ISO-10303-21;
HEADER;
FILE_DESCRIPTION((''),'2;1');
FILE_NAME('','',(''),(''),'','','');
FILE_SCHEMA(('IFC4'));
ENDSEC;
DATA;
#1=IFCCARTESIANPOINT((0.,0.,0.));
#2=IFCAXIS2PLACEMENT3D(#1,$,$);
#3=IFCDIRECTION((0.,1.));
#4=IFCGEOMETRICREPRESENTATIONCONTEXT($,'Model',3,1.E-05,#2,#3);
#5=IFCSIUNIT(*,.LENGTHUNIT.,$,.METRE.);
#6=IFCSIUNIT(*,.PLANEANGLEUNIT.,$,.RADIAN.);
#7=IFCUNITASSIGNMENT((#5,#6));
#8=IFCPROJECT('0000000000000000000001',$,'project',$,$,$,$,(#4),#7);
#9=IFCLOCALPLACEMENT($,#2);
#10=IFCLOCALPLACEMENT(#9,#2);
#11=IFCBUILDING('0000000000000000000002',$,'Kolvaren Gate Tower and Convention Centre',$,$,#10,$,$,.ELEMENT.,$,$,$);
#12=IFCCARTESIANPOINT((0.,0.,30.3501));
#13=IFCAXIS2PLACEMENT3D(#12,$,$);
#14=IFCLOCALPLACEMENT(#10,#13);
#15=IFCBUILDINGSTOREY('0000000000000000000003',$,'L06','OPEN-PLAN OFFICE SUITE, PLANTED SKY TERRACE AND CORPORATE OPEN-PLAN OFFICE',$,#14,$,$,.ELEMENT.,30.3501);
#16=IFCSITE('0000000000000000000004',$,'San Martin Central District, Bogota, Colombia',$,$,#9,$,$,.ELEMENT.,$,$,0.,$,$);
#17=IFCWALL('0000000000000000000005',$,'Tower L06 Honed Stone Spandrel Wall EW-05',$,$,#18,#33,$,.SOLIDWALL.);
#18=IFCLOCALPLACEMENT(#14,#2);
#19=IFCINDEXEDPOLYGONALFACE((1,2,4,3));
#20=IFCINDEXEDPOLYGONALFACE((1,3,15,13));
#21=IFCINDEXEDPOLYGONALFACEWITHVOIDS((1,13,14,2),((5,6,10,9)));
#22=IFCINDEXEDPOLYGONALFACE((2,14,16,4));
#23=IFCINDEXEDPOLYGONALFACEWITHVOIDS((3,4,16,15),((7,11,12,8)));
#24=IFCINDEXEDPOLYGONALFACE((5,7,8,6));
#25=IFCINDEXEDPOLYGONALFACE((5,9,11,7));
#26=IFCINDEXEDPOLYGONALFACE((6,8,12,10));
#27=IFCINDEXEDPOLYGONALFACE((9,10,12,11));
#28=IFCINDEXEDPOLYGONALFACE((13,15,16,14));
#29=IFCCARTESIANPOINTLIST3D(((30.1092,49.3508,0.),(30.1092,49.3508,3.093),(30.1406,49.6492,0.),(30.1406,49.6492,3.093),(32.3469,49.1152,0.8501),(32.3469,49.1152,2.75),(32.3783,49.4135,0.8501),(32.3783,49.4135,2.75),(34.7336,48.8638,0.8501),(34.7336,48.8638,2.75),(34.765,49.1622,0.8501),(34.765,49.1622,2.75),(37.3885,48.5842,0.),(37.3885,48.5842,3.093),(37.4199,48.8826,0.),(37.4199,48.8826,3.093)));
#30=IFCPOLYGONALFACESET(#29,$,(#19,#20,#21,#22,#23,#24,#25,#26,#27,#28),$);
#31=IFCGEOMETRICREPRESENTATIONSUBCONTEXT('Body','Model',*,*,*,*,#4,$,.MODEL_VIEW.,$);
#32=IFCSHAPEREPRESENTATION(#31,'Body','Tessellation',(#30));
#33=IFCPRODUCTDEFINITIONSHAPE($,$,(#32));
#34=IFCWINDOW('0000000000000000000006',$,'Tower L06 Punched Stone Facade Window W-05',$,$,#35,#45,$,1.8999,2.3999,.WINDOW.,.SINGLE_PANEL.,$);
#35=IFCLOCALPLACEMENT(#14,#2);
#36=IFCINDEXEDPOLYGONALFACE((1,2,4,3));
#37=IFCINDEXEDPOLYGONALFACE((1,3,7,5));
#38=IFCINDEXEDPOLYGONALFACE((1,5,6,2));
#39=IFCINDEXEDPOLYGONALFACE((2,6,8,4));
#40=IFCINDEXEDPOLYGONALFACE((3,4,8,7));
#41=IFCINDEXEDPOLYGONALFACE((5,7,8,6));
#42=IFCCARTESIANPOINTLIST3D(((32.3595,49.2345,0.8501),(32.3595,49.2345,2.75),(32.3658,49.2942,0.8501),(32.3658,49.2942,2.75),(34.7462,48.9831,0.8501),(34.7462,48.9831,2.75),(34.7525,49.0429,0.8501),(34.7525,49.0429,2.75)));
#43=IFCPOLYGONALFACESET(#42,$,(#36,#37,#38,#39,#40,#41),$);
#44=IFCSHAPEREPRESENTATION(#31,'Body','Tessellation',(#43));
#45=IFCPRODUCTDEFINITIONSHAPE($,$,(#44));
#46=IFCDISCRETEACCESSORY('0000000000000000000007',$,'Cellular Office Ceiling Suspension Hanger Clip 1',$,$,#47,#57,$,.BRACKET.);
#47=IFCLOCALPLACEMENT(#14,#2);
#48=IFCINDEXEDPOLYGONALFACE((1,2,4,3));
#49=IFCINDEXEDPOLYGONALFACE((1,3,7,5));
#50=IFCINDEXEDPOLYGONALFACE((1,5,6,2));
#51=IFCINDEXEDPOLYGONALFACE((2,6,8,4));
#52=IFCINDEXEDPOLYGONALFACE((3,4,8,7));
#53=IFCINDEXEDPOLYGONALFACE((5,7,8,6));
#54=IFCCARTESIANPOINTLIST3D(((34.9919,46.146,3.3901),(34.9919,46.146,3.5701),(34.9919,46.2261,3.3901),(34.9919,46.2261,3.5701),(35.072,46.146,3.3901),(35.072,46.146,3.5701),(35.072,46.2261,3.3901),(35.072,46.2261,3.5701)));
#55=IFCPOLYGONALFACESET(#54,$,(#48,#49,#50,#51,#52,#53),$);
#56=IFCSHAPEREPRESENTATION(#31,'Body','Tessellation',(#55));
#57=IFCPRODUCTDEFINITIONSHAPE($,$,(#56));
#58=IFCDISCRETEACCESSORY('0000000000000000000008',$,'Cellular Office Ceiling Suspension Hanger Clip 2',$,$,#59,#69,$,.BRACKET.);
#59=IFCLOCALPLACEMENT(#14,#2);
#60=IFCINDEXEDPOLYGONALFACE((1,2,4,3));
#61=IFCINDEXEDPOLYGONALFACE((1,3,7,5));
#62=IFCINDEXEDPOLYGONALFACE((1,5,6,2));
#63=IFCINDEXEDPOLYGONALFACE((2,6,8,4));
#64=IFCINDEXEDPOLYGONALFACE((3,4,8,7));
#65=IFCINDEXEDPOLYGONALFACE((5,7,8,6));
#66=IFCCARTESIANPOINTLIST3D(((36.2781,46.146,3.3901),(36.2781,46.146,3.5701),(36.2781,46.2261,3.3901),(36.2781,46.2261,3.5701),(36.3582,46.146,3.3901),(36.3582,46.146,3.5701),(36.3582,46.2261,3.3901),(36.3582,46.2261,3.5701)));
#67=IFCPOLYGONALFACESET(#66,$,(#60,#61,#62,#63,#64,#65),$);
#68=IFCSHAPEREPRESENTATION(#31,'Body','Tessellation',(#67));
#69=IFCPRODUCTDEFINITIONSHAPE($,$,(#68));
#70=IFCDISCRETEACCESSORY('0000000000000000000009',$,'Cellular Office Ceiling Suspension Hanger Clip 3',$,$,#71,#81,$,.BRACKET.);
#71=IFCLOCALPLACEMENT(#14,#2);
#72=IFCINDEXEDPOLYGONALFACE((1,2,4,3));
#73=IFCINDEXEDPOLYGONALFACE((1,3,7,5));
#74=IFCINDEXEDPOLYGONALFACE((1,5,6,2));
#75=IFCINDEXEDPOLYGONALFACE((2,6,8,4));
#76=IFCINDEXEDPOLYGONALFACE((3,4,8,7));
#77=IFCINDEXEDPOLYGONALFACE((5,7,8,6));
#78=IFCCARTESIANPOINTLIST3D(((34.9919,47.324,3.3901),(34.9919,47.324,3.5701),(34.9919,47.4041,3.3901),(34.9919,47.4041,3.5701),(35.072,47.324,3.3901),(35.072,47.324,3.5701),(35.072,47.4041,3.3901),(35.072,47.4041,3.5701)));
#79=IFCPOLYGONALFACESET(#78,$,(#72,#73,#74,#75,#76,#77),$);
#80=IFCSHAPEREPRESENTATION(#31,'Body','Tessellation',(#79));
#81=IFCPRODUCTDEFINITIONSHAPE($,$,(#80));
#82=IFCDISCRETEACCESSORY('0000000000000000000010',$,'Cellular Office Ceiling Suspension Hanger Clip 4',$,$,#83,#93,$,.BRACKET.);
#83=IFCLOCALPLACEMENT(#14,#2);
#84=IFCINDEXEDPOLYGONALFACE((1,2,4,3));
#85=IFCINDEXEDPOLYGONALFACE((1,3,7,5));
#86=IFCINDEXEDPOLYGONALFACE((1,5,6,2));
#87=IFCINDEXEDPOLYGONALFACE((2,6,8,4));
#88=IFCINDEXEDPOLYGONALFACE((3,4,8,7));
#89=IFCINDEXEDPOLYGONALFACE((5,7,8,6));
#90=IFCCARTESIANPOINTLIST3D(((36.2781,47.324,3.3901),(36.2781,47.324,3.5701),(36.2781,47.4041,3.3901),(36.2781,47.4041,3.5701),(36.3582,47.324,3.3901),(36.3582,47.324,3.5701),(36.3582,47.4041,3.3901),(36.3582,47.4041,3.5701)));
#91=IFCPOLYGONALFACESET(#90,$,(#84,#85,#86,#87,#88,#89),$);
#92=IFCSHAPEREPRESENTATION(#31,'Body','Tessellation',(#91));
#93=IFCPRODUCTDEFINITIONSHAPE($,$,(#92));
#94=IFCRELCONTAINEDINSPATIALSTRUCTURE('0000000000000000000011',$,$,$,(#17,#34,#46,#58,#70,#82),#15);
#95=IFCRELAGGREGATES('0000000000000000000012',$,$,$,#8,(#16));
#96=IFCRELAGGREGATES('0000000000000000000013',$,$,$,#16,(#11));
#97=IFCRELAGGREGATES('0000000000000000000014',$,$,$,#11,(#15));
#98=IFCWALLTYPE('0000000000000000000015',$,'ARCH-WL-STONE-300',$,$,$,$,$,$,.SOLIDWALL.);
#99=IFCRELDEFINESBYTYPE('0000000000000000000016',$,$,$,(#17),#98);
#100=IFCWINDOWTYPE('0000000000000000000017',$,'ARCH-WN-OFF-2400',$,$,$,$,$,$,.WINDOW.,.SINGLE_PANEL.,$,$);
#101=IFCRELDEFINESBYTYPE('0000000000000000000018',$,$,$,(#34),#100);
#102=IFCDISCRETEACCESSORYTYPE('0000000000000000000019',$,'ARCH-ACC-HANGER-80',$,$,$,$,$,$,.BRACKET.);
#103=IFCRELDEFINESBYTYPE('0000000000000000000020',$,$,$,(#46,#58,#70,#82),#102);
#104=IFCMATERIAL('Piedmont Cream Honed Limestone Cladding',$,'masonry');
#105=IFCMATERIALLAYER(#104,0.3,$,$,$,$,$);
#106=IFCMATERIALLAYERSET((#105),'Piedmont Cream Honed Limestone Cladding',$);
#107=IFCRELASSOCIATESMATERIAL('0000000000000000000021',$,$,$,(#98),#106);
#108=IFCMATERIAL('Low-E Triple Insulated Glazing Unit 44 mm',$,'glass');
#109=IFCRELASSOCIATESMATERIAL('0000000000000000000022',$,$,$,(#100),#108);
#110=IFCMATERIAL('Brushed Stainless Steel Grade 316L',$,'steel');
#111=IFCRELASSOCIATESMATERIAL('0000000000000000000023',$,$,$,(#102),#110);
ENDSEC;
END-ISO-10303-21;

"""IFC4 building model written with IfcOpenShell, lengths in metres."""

from ifc_helpers import new_model, si_unit, direction, frame, frame_2d, origin, origin_2d, place, context, subcontext, project, spatial, rectangle, extrude, material, layer, layer_set, type_object, element, fill, save


model = new_model("IFC4")

# Units and contexts
model_context = context("Model", 3, precision=1e-05, world=origin(), true_north=direction((0.0, 1.0)))
body_context = subcontext(model_context, "Body", "Model", "MODEL_VIEW")
ifc_project = project(units=[si_unit("LENGTHUNIT", "METRE"), si_unit("PLANEANGLEUNIT", "RADIAN")], contexts=[model_context])

# Site, building, storey
site_placement = place(None, origin())
site = spatial("IfcSite", under=ifc_project, at=site_placement, Name="San Martin Central District, Bogota, Colombia", CompositionType="ELEMENT", RefElevation=0.0)
building_placement = place(site_placement, origin())
building = spatial("IfcBuilding", under=site, at=building_placement, Name="Kolvaren Gate Tower and Convention Centre", CompositionType="ELEMENT")
storey_placement = place(building_placement, frame((0.0, 0.0, 30.3501)))
storey = spatial("IfcBuildingStorey", under=building, at=storey_placement, Name="L06", Description="OPEN-PLAN OFFICE SUITE, PLANTED SKY TERRACE AND CORPORATE OPEN-PLAN OFFICE", CompositionType="ELEMENT", Elevation=30.3501)

# Wall, opening, window
ifc_material_1 = material(Name="Piedmont Cream Honed Limestone Cladding", Category="masonry")
ifc_layer_1 = layer(ifc_material_1, 0.3)
ifc_layer_set_1 = layer_set([ifc_layer_1], Name="Piedmont Cream Honed Limestone Cladding")
wall_type_1 = type_object("IfcWallType", Name="ARCH-WL-STONE-300", PredefinedType="SOLIDWALL", material=ifc_layer_set_1)
ifc_material_2 = material(Name="Low-E Triple Insulated Glazing Unit 44 mm", Category="glass")
window_type = type_object("IfcWindowType", Name="ARCH-WN-OFF-2400", PartitioningType="SINGLE_PANEL", PredefinedType="WINDOW", material=ifc_material_2)
wall_1_placement = place(storey_placement, frame((30.125, 49.5, 0.0), z_axis=(0.0, 0.0, 1.0), x_axis=(0.9945, -0.104733, 0.0)))
wall_1 = element("IfcWall", 1, at=wall_1_placement, inside=storey, type_object=wall_type_1, Name="Tower L06 Honed Stone Spandrel Wall EW-05", PredefinedType="SOLIDWALL", context=body_context, shape_type="SweptSolid", body=[
    extrude(rectangle(XDim=7.3196, YDim=0.3, at=frame_2d((3.6597, 0.0))), origin(), (0.0, 0.0, 1.0), 3.093),
])
opening_1_placement = place(wall_1_placement, frame((2.25, 0.0, 0.8501)))
opening_1 = element("IfcOpeningElement", 2, at=opening_1_placement, cuts=wall_1, PredefinedType="OPENING", context=body_context, shape_type="SweptSolid", body=[
    extrude(rectangle(XDim=2.3999, YDim=1.8999, at=frame_2d((1.2, 0.95))), frame((0.0, 0.1599, 0.0), z_axis=(0.0, -1.0, 0.0), x_axis=(1.0, 0.0, 0.0)), (0.0, 0.0, 1.0), 0.3201),
])
window_1_placement = place(opening_1_placement, origin())
window_1 = element("IfcWindow", 3, at=window_1_placement, inside=storey, type_object=window_type, Name="Tower L06 Punched Stone Facade Window W-05", OverallHeight=1.8999, OverallWidth=2.3999, PartitioningType="SINGLE_PANEL", PredefinedType="WINDOW", context=body_context, shape_type="SweptSolid", body=[
    extrude(rectangle(XDim=2.3999, YDim=1.8999, at=frame_2d((1.2, 0.95))), frame((0.0, 0.03, 0.0), z_axis=(0.0, -1.0, 0.0), x_axis=(1.0, 0.0, 0.0)), (0.0, 0.0, 1.0), 0.0601),
])
fill(opening_1, window_1)

# Discrete accessories
ifc_material_3 = material(Name="Brushed Stainless Steel Grade 316L", Category="steel")
discrete_accessory_type = type_object("IfcDiscreteAccessoryType", Name="ARCH-ACC-HANGER-80", PredefinedType="BRACKET", material=ifc_material_3)
for number, where, z_axis, x_axis, name in (
    (4, (35.032, 46.186, 3.3901), (0.0, 0.0, 1.0), (1.0, 0.0, 0.0), "Cellular Office Ceiling Suspension Hanger Clip 1"),
    (5, (36.3181, 46.186, 3.3901), (0.0, 0.0, 1.0), (1.0, 0.0, 0.0), "Cellular Office Ceiling Suspension Hanger Clip 2"),
    (6, (35.032, 47.364, 3.3901), (0.0, 0.0, 1.0), (1.0, 0.0, 0.0), "Cellular Office Ceiling Suspension Hanger Clip 3"),
    (7, (36.3181, 47.364, 3.3901), (0.0, 0.0, 1.0), (1.0, 0.0, 0.0), "Cellular Office Ceiling Suspension Hanger Clip 4"),
):
    element("IfcDiscreteAccessory", number, at=place(storey_placement, frame(where, z_axis=z_axis, x_axis=x_axis)), inside=storey, type_object=discrete_accessory_type, Name=name, PredefinedType="BRACKET", context=body_context, shape_type="SweptSolid", body=[
        extrude(rectangle(XDim=0.0801, YDim=0.0801, at=origin_2d()), origin(), (0.0, 0.0, 1.0), 0.1799),
    ])

save(model, "model.ifc")
